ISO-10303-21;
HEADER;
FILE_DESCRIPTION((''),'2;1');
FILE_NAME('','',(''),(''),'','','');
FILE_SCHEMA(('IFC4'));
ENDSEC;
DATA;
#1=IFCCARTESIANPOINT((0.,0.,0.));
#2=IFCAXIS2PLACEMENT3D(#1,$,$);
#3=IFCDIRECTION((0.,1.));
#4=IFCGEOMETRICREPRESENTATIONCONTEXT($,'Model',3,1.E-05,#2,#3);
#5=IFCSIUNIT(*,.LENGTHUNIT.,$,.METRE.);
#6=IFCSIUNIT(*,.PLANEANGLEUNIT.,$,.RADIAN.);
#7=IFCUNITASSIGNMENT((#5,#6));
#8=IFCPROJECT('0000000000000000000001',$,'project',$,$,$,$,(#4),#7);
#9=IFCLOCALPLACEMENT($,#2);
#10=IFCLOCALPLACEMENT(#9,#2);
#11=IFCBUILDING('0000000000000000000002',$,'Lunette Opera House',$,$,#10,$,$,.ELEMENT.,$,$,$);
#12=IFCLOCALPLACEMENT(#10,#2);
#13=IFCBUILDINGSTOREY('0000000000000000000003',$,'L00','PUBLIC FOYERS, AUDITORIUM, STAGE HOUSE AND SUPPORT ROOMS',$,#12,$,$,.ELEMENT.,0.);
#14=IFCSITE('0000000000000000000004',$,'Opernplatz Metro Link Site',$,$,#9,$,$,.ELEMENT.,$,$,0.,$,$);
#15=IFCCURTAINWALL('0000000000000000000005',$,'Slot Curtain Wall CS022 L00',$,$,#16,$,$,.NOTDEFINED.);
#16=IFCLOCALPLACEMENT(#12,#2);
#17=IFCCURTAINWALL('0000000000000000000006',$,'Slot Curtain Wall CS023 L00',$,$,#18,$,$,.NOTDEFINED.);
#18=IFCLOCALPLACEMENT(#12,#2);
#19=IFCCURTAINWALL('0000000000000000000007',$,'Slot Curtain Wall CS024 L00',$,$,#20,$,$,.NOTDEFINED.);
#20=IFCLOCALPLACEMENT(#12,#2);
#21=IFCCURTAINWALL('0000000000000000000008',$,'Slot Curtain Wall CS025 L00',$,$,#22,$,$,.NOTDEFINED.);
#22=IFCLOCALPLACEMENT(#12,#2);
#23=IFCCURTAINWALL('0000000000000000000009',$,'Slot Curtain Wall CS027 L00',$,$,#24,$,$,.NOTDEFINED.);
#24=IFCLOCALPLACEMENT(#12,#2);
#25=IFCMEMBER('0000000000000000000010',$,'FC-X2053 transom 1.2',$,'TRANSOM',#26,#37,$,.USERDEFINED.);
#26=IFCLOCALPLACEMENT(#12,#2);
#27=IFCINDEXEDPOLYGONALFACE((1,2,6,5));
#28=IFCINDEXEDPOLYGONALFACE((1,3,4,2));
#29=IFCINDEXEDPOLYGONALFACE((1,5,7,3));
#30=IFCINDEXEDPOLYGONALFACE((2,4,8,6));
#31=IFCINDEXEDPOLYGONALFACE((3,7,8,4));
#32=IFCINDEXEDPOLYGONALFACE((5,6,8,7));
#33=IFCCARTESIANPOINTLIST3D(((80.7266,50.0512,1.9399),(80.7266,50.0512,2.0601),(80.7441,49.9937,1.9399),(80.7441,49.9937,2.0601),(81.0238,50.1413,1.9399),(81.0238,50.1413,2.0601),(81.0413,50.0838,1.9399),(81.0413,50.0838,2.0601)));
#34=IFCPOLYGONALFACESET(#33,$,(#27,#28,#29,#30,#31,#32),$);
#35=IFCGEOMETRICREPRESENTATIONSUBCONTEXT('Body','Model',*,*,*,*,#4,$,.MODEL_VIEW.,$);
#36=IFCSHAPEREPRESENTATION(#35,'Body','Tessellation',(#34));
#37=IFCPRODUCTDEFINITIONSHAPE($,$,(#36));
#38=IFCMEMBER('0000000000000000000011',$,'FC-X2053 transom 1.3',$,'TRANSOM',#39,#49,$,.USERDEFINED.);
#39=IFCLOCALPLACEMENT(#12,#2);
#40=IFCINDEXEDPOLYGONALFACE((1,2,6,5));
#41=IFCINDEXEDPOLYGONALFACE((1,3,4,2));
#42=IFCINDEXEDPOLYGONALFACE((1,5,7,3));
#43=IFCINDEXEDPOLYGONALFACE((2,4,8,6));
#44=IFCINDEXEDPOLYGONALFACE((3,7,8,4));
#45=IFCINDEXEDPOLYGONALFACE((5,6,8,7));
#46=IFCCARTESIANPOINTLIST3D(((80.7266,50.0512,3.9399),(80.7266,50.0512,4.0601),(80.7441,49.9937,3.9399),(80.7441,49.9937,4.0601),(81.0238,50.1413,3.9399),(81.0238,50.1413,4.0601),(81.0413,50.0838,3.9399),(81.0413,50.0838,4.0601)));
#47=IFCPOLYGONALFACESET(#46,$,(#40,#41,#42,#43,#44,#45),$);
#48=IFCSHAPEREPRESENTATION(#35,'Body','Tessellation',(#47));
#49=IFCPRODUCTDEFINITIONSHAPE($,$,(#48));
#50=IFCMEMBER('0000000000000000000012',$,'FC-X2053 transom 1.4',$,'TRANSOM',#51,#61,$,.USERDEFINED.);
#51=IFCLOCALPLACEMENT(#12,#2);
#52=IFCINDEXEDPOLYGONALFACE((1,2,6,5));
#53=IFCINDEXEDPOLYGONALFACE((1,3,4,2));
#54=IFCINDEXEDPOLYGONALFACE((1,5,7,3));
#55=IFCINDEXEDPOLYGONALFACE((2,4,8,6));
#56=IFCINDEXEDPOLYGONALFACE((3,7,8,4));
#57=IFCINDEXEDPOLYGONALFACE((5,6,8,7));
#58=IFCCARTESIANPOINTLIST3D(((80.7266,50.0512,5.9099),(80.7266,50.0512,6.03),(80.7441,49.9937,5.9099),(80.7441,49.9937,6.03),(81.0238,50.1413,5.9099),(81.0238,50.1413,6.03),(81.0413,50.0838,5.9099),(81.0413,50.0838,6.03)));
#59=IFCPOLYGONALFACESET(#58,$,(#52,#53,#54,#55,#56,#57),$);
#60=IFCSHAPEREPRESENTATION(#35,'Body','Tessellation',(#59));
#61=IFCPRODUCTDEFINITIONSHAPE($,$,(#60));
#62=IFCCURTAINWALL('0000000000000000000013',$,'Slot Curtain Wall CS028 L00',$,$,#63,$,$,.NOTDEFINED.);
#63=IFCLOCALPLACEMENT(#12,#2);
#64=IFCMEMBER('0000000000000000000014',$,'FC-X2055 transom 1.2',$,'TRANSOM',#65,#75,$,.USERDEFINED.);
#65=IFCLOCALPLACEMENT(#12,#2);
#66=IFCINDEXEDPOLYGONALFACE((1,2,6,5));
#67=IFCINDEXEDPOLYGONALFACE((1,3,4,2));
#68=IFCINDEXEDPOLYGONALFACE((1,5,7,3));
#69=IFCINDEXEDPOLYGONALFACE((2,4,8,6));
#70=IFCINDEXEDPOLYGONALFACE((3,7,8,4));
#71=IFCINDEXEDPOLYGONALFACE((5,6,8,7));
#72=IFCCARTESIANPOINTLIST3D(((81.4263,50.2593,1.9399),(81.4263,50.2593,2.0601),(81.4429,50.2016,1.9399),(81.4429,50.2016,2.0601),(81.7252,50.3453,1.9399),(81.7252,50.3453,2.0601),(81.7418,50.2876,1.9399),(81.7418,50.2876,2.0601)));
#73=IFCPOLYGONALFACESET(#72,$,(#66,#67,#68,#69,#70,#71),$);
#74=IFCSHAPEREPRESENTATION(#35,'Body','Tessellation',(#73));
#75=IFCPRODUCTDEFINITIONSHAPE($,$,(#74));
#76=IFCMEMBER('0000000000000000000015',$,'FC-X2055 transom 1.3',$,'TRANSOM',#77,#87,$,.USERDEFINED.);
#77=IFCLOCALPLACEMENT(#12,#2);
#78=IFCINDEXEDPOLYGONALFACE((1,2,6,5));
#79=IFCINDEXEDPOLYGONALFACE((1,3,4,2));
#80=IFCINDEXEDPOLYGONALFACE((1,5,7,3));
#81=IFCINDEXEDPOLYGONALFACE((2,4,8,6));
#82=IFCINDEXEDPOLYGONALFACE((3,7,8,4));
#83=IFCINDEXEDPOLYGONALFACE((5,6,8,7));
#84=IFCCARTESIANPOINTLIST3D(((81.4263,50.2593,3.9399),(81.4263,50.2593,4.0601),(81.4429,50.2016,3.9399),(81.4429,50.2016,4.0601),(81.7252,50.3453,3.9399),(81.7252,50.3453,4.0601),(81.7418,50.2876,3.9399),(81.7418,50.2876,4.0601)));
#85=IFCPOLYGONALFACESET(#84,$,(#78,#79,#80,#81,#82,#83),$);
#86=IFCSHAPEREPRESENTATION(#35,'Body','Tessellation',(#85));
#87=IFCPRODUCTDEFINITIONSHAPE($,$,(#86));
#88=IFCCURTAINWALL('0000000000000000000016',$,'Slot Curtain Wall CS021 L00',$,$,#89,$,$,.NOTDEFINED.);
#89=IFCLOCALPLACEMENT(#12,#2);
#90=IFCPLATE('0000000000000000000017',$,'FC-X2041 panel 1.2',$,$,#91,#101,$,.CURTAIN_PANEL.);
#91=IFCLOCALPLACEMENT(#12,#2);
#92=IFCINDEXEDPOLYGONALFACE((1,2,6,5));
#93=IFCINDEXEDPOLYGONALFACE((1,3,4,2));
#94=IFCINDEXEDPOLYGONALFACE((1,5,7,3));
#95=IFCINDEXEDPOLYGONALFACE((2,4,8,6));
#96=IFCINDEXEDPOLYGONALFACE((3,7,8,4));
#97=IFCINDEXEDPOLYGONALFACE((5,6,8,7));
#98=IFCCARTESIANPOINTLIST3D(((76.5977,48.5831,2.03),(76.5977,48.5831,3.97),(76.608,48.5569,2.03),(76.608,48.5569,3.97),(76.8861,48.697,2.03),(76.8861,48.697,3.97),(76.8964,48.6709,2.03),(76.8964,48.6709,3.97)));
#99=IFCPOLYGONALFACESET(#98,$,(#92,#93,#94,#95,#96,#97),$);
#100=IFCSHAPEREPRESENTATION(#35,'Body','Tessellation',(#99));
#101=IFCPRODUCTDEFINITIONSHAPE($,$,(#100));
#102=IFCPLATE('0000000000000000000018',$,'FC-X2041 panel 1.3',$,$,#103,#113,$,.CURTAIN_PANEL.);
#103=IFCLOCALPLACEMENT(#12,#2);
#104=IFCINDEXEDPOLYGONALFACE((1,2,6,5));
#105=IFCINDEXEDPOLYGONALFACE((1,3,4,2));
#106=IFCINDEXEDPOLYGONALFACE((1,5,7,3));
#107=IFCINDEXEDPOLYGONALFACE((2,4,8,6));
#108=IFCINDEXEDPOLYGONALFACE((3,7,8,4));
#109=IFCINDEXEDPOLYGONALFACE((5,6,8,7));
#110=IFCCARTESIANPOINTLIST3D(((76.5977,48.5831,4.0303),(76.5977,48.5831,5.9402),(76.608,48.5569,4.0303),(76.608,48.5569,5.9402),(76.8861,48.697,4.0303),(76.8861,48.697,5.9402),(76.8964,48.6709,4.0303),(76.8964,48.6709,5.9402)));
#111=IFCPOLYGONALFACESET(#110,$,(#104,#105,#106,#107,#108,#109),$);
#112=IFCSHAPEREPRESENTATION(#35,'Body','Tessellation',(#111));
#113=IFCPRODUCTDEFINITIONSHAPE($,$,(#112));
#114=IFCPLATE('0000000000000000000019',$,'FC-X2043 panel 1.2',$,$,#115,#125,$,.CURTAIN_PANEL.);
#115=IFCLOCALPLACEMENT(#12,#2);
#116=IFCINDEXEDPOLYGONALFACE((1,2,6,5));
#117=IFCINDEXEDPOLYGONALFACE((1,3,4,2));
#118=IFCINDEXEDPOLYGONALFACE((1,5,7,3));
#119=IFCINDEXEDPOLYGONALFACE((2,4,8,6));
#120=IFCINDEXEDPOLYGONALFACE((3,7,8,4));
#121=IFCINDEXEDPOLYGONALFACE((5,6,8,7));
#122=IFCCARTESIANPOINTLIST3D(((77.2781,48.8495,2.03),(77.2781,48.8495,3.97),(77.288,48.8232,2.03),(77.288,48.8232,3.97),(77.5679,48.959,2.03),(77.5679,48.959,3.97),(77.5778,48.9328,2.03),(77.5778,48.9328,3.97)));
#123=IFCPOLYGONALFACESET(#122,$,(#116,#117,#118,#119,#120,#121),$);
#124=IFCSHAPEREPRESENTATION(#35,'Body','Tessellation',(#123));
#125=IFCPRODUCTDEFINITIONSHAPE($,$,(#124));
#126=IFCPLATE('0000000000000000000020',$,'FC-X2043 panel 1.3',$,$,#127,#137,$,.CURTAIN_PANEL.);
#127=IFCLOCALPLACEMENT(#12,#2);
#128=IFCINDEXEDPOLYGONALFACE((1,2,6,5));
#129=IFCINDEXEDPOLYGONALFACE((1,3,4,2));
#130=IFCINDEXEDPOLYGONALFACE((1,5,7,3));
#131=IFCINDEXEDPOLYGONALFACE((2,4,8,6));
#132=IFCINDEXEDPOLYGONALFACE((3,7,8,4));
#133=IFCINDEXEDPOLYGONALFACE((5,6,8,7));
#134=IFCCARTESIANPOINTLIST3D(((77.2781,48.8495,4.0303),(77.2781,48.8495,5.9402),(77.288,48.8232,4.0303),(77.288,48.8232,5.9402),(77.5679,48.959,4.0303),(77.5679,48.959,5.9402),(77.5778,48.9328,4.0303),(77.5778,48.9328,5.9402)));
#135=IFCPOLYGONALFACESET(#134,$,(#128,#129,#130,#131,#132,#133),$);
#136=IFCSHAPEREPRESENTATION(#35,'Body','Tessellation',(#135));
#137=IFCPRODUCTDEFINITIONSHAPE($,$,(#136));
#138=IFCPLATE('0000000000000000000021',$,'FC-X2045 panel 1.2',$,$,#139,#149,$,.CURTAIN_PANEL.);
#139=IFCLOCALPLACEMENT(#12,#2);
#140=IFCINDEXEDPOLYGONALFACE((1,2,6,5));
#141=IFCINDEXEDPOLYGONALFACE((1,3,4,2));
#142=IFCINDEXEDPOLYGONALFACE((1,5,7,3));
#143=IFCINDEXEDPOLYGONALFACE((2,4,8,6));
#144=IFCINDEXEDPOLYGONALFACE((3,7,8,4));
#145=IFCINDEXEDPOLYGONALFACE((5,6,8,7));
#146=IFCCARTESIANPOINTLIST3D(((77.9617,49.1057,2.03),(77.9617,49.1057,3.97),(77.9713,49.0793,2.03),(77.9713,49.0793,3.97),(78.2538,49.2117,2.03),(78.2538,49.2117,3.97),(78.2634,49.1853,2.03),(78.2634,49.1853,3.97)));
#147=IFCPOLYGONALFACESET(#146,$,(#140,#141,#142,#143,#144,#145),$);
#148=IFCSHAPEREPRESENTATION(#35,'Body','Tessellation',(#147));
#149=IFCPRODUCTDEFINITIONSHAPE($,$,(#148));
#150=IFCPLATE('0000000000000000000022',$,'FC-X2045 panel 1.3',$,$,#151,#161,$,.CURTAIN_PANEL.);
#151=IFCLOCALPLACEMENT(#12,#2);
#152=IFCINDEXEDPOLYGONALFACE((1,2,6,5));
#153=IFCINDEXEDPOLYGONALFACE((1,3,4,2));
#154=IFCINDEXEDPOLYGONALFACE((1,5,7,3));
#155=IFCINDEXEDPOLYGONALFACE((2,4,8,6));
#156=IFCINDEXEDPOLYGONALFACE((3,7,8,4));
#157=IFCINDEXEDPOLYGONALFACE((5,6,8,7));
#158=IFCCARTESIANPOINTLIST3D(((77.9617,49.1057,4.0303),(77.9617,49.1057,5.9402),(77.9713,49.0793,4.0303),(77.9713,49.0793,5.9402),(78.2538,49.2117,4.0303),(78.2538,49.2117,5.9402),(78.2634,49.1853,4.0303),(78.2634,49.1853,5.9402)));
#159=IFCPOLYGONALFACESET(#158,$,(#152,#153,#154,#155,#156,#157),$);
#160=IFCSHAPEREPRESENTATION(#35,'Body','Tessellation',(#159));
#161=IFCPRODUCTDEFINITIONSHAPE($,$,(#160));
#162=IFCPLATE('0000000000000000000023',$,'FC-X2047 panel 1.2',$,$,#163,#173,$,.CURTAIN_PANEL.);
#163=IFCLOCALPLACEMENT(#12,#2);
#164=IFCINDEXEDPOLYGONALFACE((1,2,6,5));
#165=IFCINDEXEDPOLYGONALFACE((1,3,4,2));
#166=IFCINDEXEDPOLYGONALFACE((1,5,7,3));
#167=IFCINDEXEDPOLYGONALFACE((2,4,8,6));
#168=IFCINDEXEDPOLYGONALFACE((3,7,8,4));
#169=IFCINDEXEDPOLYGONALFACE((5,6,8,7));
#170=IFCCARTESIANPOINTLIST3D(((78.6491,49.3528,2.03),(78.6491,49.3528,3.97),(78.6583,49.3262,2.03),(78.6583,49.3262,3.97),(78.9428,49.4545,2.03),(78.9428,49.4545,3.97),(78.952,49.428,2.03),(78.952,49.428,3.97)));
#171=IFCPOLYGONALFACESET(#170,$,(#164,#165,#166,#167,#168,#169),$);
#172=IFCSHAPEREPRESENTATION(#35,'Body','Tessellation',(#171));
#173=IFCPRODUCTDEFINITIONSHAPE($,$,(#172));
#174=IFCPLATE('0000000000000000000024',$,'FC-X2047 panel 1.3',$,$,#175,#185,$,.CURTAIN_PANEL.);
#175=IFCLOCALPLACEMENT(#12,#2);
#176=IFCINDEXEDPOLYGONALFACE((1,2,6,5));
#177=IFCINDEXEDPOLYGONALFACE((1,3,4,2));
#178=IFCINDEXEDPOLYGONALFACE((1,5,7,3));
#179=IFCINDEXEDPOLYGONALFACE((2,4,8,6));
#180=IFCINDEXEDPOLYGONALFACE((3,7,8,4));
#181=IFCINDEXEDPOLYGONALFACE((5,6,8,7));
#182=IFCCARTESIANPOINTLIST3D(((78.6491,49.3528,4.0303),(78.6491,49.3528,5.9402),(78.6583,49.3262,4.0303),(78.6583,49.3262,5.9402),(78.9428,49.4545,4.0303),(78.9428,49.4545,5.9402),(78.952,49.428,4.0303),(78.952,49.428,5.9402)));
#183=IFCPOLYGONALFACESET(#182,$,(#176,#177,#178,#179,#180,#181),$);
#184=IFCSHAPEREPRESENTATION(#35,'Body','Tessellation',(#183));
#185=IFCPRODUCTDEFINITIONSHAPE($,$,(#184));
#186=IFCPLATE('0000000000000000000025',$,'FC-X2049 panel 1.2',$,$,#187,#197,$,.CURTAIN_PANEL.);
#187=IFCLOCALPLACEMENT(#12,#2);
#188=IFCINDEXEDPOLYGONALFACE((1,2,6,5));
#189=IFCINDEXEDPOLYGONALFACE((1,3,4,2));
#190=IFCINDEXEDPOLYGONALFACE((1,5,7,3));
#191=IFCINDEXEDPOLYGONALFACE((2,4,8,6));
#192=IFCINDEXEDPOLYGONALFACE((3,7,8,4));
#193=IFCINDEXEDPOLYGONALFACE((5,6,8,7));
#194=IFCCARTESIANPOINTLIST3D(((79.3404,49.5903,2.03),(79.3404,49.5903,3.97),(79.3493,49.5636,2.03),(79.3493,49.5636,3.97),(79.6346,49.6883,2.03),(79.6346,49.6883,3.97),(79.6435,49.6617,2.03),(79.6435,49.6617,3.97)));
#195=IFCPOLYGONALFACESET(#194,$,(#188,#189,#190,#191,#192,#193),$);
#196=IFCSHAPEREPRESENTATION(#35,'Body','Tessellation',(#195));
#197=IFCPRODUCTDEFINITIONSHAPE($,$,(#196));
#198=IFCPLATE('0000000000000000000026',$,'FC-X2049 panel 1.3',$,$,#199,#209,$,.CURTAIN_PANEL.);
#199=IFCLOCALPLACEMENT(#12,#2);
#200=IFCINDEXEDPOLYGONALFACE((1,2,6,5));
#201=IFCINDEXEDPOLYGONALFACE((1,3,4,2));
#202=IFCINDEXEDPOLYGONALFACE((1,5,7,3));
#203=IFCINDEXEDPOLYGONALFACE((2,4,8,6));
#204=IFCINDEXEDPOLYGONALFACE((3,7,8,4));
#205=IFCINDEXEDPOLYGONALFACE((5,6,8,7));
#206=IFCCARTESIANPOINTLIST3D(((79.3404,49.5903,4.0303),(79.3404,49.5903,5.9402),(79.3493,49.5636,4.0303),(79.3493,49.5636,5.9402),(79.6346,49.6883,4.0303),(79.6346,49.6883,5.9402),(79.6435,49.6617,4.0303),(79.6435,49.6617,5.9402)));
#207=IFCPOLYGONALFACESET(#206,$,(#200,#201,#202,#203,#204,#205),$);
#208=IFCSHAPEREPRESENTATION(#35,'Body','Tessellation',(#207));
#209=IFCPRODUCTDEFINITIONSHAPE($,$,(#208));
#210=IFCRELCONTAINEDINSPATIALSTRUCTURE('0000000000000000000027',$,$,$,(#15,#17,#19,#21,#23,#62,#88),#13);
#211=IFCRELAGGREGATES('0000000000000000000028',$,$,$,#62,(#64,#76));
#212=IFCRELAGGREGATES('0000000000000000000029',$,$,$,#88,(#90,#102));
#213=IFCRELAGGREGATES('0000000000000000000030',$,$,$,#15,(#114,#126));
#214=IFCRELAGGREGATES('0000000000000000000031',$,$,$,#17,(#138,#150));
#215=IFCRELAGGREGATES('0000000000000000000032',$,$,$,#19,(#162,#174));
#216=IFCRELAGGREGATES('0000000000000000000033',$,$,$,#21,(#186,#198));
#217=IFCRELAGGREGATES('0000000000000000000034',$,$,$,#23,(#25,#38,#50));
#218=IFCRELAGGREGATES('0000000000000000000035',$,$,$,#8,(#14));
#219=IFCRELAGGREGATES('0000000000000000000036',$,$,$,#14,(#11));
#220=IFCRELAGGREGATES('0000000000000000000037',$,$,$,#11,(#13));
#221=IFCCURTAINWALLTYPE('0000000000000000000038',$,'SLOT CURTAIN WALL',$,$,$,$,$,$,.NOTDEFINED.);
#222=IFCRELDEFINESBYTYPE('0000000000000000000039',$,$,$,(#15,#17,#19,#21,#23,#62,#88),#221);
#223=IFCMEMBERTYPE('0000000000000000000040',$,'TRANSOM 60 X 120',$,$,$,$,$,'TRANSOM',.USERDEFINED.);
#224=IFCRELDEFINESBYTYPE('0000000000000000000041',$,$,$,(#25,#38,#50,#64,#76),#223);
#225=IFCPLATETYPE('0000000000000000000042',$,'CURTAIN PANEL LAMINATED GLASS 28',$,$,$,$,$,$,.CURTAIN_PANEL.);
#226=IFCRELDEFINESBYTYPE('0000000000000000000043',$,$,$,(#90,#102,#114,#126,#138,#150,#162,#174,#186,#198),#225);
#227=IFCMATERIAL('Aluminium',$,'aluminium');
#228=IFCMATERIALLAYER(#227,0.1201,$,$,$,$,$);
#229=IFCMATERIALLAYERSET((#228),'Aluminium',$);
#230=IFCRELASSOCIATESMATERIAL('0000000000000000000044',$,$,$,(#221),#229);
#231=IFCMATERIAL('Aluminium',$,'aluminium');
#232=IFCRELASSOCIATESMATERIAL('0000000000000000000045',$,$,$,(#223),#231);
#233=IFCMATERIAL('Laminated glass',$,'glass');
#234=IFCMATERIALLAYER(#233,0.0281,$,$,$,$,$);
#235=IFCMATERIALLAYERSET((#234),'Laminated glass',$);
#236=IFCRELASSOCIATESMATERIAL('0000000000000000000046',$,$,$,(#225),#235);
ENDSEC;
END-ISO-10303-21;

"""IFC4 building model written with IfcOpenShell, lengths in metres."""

from ifc_helpers import new_model, si_unit, direction, frame, origin, origin_2d, place, context, subcontext, project, spatial, rectangle, extrude, material, layer, layer_set, material_profile, profile_set, type_object, element, aggregate, save


model = new_model("IFC4")

# Units and contexts
model_context = context("Model", 3, precision=1e-05, world=origin(), true_north=direction((0.0, 1.0)))
body_context = subcontext(model_context, "Body", "Model", "MODEL_VIEW")
ifc_project = project(units=[si_unit("LENGTHUNIT", "METRE"), si_unit("PLANEANGLEUNIT", "RADIAN")], contexts=[model_context])

# Site, building, storey
site_placement = place(None, origin())
site = spatial("IfcSite", under=ifc_project, at=site_placement, Name="Opernplatz Metro Link Site", CompositionType="ELEMENT", RefElevation=0.0)
building_placement = place(site_placement, origin())
building = spatial("IfcBuilding", under=site, at=building_placement, Name="Lunette Opera House", CompositionType="ELEMENT")
storey_placement = place(building_placement, origin())
storey = spatial("IfcBuildingStorey", under=building, at=storey_placement, Name="L00", Description="PUBLIC FOYERS, AUDITORIUM, STAGE HOUSE AND SUPPORT ROOMS", CompositionType="ELEMENT", Elevation=0.0)

# Curtain walls, members
ifc_material_1 = material(Name="Aluminium", Category="aluminium")
ifc_layer_1 = layer(ifc_material_1, 0.1201)
ifc_layer_set_1 = layer_set([ifc_layer_1], Name="Aluminium")
curtain_wall_type = type_object("IfcCurtainWallType", Name="SLOT CURTAIN WALL", PredefinedType="NOTDEFINED", material=ifc_layer_set_1)
curtain_wall_1_placement = place(storey_placement, origin())
curtain_wall_1 = element("IfcCurtainWall", 1, at=curtain_wall_1_placement, inside=storey, type_object=curtain_wall_type, Name="Slot Curtain Wall CS022 L00", PredefinedType="NOTDEFINED")
ifc_material_2 = material(Name="Aluminium", Category="aluminium")
ifc_material_profile = material_profile(ifc_material_2, rectangle(XDim=0.0601, YDim=0.1201, at=origin_2d()), Name="TRANSOM 60 X 120")
ifc_profile_set = profile_set([ifc_material_profile], Name="Aluminium")
member_type = type_object("IfcMemberType", Name="TRANSOM 60 X 120", ElementType="TRANSOM", PredefinedType="USERDEFINED", material=ifc_profile_set)
curtain_wall_2_placement = place(storey_placement, origin())
curtain_wall_2 = element("IfcCurtainWall", 2, at=curtain_wall_2_placement, inside=storey, type_object=curtain_wall_type, Name="Slot Curtain Wall CS023 L00", PredefinedType="NOTDEFINED")
curtain_wall_3_placement = place(storey_placement, origin())
curtain_wall_3 = element("IfcCurtainWall", 3, at=curtain_wall_3_placement, inside=storey, type_object=curtain_wall_type, Name="Slot Curtain Wall CS024 L00", PredefinedType="NOTDEFINED")
curtain_wall_4_placement = place(storey_placement, origin())
curtain_wall_4 = element("IfcCurtainWall", 4, at=curtain_wall_4_placement, inside=storey, type_object=curtain_wall_type, Name="Slot Curtain Wall CS025 L00", PredefinedType="NOTDEFINED")
curtain_wall_5_placement = place(storey_placement, origin())
curtain_wall_5 = element("IfcCurtainWall", 5, at=curtain_wall_5_placement, inside=storey, type_object=curtain_wall_type, Name="Slot Curtain Wall CS027 L00", PredefinedType="NOTDEFINED")
member_1_placement = place(storey_placement, frame((80.7354, 50.0225, 2.0), z_axis=(0.956978, 0.29016, 0.0), x_axis=(-0.29016, 0.956978, 0.0)))
member_1 = element("IfcMember", 6, at=member_1_placement, type_object=member_type, Name="FC-X2053 transom 1.2", ObjectType="TRANSOM", PredefinedType="USERDEFINED", context=body_context, shape_type="SweptSolid", body=[
    extrude(rectangle(XDim=0.0601, YDim=0.1201, at=origin_2d()), origin(), (0.0, 0.0, 1.0), 0.3105),
])
member_2_placement = place(storey_placement, frame((80.7354, 50.0225, 4.0), z_axis=(0.956978, 0.29016, 0.0), x_axis=(-0.29016, 0.956978, 0.0)))
member_2 = element("IfcMember", 7, at=member_2_placement, type_object=member_type, Name="FC-X2053 transom 1.3", ObjectType="TRANSOM", PredefinedType="USERDEFINED", context=body_context, shape_type="SweptSolid", body=[
    extrude(rectangle(XDim=0.0601, YDim=0.1201, at=origin_2d()), origin(), (0.0, 0.0, 1.0), 0.3105),
])
member_3_placement = place(storey_placement, frame((80.7354, 50.0225, 5.97), z_axis=(0.956978, 0.29016, 0.0), x_axis=(-0.29016, 0.956978, 0.0)))
member_3 = element("IfcMember", 8, at=member_3_placement, type_object=member_type, Name="FC-X2053 transom 1.4", ObjectType="TRANSOM", PredefinedType="USERDEFINED", context=body_context, shape_type="SweptSolid", body=[
    extrude(rectangle(XDim=0.0601, YDim=0.1201, at=origin_2d()), origin(), (0.0, 0.0, 1.0), 0.3105),
])
curtain_wall_6_placement = place(storey_placement, origin())
curtain_wall_6 = element("IfcCurtainWall", 9, at=curtain_wall_6_placement, inside=storey, type_object=curtain_wall_type, Name="Slot Curtain Wall CS028 L00", PredefinedType="NOTDEFINED")
member_4_placement = place(storey_placement, frame((81.4346, 50.2305, 2.0), z_axis=(0.961048, 0.27638, 0.0), x_axis=(-0.27638, 0.961048, 0.0)))
member_4 = element("IfcMember", 10, at=member_4_placement, type_object=member_type, Name="FC-X2055 transom 1.2", ObjectType="TRANSOM", PredefinedType="USERDEFINED", context=body_context, shape_type="SweptSolid", body=[
    extrude(rectangle(XDim=0.0601, YDim=0.1201, at=origin_2d()), origin(), (0.0, 0.0, 1.0), 0.311),
])
member_5_placement = place(storey_placement, frame((81.4346, 50.2305, 4.0), z_axis=(0.961048, 0.27638, 0.0), x_axis=(-0.27638, 0.961048, 0.0)))
member_5 = element("IfcMember", 11, at=member_5_placement, type_object=member_type, Name="FC-X2055 transom 1.3", ObjectType="TRANSOM", PredefinedType="USERDEFINED", context=body_context, shape_type="SweptSolid", body=[
    extrude(rectangle(XDim=0.0601, YDim=0.1201, at=origin_2d()), origin(), (0.0, 0.0, 1.0), 0.311),
])
aggregate(curtain_wall_6, [member_4, member_5])

# Curtain wall, plates
curtain_wall_7_placement = place(storey_placement, origin())
curtain_wall_7 = element("IfcCurtainWall", 12, at=curtain_wall_7_placement, inside=storey, type_object=curtain_wall_type, Name="Slot Curtain Wall CS021 L00", PredefinedType="NOTDEFINED")
ifc_material_3 = material(Name="Laminated glass", Category="glass")
ifc_layer_2 = layer(ifc_material_3, 0.0281)
ifc_layer_set_2 = layer_set([ifc_layer_2], Name="Laminated glass")
plate_type = type_object("IfcPlateType", Name="CURTAIN PANEL LAMINATED GLASS 28", PredefinedType="CURTAIN_PANEL", material=ifc_layer_set_2)
plate_1_placement = place(storey_placement, frame((76.7471, 48.627, 2.03), z_axis=(0.0, 0.0, 1.0), x_axis=(0.930072, 0.367378, 0.0)))
plate_1 = element("IfcPlate", 13, at=plate_1_placement, type_object=plate_type, Name="FC-X2041 panel 1.2", PredefinedType="CURTAIN_PANEL", context=body_context, shape_type="SweptSolid", body=[
    extrude(rectangle(XDim=0.3101, YDim=0.0281, at=origin_2d()), origin(), (0.0, 0.0, 1.0), 1.9399),
])
plate_2_placement = place(storey_placement, frame((76.7471, 48.627, 4.0303), z_axis=(0.0, 0.0, 1.0), x_axis=(0.930072, 0.367378, 0.0)))
plate_2 = element("IfcPlate", 14, at=plate_2_placement, type_object=plate_type, Name="FC-X2041 panel 1.3", PredefinedType="CURTAIN_PANEL", context=body_context, shape_type="SweptSolid", body=[
    extrude(rectangle(XDim=0.3101, YDim=0.0281, at=origin_2d()), origin(), (0.0, 0.0, 1.0), 1.9099),
])
aggregate(curtain_wall_7, [plate_1, plate_2])

# Plates
plate_3_placement = place(storey_placement, frame((77.428, 48.8911, 2.03), z_axis=(0.0, 0.0, 1.0), x_axis=(0.935369, 0.353672, 0.0)))
plate_3 = element("IfcPlate", 15, at=plate_3_placement, type_object=plate_type, Name="FC-X2043 panel 1.2", PredefinedType="CURTAIN_PANEL", context=body_context, shape_type="SweptSolid", body=[
    extrude(rectangle(XDim=0.3098, YDim=0.0281, at=origin_2d()), origin(), (0.0, 0.0, 1.0), 1.9399),
])
plate_4_placement = place(storey_placement, frame((77.428, 48.8911, 4.0303), z_axis=(0.0, 0.0, 1.0), x_axis=(0.935369, 0.353672, 0.0)))
plate_4 = element("IfcPlate", 16, at=plate_4_placement, type_object=plate_type, Name="FC-X2043 panel 1.3", PredefinedType="CURTAIN_PANEL", context=body_context, shape_type="SweptSolid", body=[
    extrude(rectangle(XDim=0.3098, YDim=0.0281, at=origin_2d()), origin(), (0.0, 0.0, 1.0), 1.9099),
])
aggregate(curtain_wall_1, [plate_3, plate_4])
plate_5_placement = place(storey_placement, frame((78.1125, 49.1455, 2.03), z_axis=(0.0, 0.0, 1.0), x_axis=(0.939997, 0.341184, 0.0)))
plate_5 = element("IfcPlate", 17, at=plate_5_placement, type_object=plate_type, Name="FC-X2045 panel 1.2", PredefinedType="CURTAIN_PANEL", context=body_context, shape_type="SweptSolid", body=[
    extrude(rectangle(XDim=0.3108, YDim=0.0281, at=origin_2d()), origin(), (0.0, 0.0, 1.0), 1.9399),
])
plate_6_placement = place(storey_placement, frame((78.1125, 49.1455, 4.0303), z_axis=(0.0, 0.0, 1.0), x_axis=(0.939997, 0.341184, 0.0)))
plate_6 = element("IfcPlate", 18, at=plate_6_placement, type_object=plate_type, Name="FC-X2045 panel 1.3", PredefinedType="CURTAIN_PANEL", context=body_context, shape_type="SweptSolid", body=[
    extrude(rectangle(XDim=0.3108, YDim=0.0281, at=origin_2d()), origin(), (0.0, 0.0, 1.0), 1.9099),
])
aggregate(curtain_wall_2, [plate_5, plate_6])
plate_7_placement = place(storey_placement, frame((78.8005, 49.3904, 2.03), z_axis=(0.0, 0.0, 1.0), x_axis=(0.944903, 0.32735, 0.0)))
plate_7 = element("IfcPlate", 19, at=plate_7_placement, type_object=plate_type, Name="FC-X2047 panel 1.2", PredefinedType="CURTAIN_PANEL", context=body_context, shape_type="SweptSolid", body=[
    extrude(rectangle(XDim=0.3108, YDim=0.0281, at=origin_2d()), origin(), (0.0, 0.0, 1.0), 1.9399),
])
plate_8_placement = place(storey_placement, frame((78.8005, 49.3904, 4.0303), z_axis=(0.0, 0.0, 1.0), x_axis=(0.944903, 0.32735, 0.0)))
plate_8 = element("IfcPlate", 20, at=plate_8_placement, type_object=plate_type, Name="FC-X2047 panel 1.3", PredefinedType="CURTAIN_PANEL", context=body_context, shape_type="SweptSolid", body=[
    extrude(rectangle(XDim=0.3108, YDim=0.0281, at=origin_2d()), origin(), (0.0, 0.0, 1.0), 1.9099),
])
aggregate(curtain_wall_3, [plate_7, plate_8])
plate_9_placement = place(storey_placement, frame((79.4919, 49.626, 2.03), z_axis=(0.0, 0.0, 1.0), x_axis=(0.948683, 0.316228, 0.0)))
plate_9 = element("IfcPlate", 21, at=plate_9_placement, type_object=plate_type, Name="FC-X2049 panel 1.2", PredefinedType="CURTAIN_PANEL", context=body_context, shape_type="SweptSolid", body=[
    extrude(rectangle(XDim=0.3101, YDim=0.0281, at=origin_2d()), origin(), (0.0, 0.0, 1.0), 1.9399),
])
plate_10_placement = place(storey_placement, frame((79.4919, 49.626, 4.0303), z_axis=(0.0, 0.0, 1.0), x_axis=(0.948683, 0.316228, 0.0)))
plate_10 = element("IfcPlate", 22, at=plate_10_placement, type_object=plate_type, Name="FC-X2049 panel 1.3", PredefinedType="CURTAIN_PANEL", context=body_context, shape_type="SweptSolid", body=[
    extrude(rectangle(XDim=0.3101, YDim=0.0281, at=origin_2d()), origin(), (0.0, 0.0, 1.0), 1.9099),
])
aggregate(curtain_wall_4, [plate_9, plate_10])
aggregate(curtain_wall_5, [member_1, member_2, member_3])

save(model, "model.ifc")
